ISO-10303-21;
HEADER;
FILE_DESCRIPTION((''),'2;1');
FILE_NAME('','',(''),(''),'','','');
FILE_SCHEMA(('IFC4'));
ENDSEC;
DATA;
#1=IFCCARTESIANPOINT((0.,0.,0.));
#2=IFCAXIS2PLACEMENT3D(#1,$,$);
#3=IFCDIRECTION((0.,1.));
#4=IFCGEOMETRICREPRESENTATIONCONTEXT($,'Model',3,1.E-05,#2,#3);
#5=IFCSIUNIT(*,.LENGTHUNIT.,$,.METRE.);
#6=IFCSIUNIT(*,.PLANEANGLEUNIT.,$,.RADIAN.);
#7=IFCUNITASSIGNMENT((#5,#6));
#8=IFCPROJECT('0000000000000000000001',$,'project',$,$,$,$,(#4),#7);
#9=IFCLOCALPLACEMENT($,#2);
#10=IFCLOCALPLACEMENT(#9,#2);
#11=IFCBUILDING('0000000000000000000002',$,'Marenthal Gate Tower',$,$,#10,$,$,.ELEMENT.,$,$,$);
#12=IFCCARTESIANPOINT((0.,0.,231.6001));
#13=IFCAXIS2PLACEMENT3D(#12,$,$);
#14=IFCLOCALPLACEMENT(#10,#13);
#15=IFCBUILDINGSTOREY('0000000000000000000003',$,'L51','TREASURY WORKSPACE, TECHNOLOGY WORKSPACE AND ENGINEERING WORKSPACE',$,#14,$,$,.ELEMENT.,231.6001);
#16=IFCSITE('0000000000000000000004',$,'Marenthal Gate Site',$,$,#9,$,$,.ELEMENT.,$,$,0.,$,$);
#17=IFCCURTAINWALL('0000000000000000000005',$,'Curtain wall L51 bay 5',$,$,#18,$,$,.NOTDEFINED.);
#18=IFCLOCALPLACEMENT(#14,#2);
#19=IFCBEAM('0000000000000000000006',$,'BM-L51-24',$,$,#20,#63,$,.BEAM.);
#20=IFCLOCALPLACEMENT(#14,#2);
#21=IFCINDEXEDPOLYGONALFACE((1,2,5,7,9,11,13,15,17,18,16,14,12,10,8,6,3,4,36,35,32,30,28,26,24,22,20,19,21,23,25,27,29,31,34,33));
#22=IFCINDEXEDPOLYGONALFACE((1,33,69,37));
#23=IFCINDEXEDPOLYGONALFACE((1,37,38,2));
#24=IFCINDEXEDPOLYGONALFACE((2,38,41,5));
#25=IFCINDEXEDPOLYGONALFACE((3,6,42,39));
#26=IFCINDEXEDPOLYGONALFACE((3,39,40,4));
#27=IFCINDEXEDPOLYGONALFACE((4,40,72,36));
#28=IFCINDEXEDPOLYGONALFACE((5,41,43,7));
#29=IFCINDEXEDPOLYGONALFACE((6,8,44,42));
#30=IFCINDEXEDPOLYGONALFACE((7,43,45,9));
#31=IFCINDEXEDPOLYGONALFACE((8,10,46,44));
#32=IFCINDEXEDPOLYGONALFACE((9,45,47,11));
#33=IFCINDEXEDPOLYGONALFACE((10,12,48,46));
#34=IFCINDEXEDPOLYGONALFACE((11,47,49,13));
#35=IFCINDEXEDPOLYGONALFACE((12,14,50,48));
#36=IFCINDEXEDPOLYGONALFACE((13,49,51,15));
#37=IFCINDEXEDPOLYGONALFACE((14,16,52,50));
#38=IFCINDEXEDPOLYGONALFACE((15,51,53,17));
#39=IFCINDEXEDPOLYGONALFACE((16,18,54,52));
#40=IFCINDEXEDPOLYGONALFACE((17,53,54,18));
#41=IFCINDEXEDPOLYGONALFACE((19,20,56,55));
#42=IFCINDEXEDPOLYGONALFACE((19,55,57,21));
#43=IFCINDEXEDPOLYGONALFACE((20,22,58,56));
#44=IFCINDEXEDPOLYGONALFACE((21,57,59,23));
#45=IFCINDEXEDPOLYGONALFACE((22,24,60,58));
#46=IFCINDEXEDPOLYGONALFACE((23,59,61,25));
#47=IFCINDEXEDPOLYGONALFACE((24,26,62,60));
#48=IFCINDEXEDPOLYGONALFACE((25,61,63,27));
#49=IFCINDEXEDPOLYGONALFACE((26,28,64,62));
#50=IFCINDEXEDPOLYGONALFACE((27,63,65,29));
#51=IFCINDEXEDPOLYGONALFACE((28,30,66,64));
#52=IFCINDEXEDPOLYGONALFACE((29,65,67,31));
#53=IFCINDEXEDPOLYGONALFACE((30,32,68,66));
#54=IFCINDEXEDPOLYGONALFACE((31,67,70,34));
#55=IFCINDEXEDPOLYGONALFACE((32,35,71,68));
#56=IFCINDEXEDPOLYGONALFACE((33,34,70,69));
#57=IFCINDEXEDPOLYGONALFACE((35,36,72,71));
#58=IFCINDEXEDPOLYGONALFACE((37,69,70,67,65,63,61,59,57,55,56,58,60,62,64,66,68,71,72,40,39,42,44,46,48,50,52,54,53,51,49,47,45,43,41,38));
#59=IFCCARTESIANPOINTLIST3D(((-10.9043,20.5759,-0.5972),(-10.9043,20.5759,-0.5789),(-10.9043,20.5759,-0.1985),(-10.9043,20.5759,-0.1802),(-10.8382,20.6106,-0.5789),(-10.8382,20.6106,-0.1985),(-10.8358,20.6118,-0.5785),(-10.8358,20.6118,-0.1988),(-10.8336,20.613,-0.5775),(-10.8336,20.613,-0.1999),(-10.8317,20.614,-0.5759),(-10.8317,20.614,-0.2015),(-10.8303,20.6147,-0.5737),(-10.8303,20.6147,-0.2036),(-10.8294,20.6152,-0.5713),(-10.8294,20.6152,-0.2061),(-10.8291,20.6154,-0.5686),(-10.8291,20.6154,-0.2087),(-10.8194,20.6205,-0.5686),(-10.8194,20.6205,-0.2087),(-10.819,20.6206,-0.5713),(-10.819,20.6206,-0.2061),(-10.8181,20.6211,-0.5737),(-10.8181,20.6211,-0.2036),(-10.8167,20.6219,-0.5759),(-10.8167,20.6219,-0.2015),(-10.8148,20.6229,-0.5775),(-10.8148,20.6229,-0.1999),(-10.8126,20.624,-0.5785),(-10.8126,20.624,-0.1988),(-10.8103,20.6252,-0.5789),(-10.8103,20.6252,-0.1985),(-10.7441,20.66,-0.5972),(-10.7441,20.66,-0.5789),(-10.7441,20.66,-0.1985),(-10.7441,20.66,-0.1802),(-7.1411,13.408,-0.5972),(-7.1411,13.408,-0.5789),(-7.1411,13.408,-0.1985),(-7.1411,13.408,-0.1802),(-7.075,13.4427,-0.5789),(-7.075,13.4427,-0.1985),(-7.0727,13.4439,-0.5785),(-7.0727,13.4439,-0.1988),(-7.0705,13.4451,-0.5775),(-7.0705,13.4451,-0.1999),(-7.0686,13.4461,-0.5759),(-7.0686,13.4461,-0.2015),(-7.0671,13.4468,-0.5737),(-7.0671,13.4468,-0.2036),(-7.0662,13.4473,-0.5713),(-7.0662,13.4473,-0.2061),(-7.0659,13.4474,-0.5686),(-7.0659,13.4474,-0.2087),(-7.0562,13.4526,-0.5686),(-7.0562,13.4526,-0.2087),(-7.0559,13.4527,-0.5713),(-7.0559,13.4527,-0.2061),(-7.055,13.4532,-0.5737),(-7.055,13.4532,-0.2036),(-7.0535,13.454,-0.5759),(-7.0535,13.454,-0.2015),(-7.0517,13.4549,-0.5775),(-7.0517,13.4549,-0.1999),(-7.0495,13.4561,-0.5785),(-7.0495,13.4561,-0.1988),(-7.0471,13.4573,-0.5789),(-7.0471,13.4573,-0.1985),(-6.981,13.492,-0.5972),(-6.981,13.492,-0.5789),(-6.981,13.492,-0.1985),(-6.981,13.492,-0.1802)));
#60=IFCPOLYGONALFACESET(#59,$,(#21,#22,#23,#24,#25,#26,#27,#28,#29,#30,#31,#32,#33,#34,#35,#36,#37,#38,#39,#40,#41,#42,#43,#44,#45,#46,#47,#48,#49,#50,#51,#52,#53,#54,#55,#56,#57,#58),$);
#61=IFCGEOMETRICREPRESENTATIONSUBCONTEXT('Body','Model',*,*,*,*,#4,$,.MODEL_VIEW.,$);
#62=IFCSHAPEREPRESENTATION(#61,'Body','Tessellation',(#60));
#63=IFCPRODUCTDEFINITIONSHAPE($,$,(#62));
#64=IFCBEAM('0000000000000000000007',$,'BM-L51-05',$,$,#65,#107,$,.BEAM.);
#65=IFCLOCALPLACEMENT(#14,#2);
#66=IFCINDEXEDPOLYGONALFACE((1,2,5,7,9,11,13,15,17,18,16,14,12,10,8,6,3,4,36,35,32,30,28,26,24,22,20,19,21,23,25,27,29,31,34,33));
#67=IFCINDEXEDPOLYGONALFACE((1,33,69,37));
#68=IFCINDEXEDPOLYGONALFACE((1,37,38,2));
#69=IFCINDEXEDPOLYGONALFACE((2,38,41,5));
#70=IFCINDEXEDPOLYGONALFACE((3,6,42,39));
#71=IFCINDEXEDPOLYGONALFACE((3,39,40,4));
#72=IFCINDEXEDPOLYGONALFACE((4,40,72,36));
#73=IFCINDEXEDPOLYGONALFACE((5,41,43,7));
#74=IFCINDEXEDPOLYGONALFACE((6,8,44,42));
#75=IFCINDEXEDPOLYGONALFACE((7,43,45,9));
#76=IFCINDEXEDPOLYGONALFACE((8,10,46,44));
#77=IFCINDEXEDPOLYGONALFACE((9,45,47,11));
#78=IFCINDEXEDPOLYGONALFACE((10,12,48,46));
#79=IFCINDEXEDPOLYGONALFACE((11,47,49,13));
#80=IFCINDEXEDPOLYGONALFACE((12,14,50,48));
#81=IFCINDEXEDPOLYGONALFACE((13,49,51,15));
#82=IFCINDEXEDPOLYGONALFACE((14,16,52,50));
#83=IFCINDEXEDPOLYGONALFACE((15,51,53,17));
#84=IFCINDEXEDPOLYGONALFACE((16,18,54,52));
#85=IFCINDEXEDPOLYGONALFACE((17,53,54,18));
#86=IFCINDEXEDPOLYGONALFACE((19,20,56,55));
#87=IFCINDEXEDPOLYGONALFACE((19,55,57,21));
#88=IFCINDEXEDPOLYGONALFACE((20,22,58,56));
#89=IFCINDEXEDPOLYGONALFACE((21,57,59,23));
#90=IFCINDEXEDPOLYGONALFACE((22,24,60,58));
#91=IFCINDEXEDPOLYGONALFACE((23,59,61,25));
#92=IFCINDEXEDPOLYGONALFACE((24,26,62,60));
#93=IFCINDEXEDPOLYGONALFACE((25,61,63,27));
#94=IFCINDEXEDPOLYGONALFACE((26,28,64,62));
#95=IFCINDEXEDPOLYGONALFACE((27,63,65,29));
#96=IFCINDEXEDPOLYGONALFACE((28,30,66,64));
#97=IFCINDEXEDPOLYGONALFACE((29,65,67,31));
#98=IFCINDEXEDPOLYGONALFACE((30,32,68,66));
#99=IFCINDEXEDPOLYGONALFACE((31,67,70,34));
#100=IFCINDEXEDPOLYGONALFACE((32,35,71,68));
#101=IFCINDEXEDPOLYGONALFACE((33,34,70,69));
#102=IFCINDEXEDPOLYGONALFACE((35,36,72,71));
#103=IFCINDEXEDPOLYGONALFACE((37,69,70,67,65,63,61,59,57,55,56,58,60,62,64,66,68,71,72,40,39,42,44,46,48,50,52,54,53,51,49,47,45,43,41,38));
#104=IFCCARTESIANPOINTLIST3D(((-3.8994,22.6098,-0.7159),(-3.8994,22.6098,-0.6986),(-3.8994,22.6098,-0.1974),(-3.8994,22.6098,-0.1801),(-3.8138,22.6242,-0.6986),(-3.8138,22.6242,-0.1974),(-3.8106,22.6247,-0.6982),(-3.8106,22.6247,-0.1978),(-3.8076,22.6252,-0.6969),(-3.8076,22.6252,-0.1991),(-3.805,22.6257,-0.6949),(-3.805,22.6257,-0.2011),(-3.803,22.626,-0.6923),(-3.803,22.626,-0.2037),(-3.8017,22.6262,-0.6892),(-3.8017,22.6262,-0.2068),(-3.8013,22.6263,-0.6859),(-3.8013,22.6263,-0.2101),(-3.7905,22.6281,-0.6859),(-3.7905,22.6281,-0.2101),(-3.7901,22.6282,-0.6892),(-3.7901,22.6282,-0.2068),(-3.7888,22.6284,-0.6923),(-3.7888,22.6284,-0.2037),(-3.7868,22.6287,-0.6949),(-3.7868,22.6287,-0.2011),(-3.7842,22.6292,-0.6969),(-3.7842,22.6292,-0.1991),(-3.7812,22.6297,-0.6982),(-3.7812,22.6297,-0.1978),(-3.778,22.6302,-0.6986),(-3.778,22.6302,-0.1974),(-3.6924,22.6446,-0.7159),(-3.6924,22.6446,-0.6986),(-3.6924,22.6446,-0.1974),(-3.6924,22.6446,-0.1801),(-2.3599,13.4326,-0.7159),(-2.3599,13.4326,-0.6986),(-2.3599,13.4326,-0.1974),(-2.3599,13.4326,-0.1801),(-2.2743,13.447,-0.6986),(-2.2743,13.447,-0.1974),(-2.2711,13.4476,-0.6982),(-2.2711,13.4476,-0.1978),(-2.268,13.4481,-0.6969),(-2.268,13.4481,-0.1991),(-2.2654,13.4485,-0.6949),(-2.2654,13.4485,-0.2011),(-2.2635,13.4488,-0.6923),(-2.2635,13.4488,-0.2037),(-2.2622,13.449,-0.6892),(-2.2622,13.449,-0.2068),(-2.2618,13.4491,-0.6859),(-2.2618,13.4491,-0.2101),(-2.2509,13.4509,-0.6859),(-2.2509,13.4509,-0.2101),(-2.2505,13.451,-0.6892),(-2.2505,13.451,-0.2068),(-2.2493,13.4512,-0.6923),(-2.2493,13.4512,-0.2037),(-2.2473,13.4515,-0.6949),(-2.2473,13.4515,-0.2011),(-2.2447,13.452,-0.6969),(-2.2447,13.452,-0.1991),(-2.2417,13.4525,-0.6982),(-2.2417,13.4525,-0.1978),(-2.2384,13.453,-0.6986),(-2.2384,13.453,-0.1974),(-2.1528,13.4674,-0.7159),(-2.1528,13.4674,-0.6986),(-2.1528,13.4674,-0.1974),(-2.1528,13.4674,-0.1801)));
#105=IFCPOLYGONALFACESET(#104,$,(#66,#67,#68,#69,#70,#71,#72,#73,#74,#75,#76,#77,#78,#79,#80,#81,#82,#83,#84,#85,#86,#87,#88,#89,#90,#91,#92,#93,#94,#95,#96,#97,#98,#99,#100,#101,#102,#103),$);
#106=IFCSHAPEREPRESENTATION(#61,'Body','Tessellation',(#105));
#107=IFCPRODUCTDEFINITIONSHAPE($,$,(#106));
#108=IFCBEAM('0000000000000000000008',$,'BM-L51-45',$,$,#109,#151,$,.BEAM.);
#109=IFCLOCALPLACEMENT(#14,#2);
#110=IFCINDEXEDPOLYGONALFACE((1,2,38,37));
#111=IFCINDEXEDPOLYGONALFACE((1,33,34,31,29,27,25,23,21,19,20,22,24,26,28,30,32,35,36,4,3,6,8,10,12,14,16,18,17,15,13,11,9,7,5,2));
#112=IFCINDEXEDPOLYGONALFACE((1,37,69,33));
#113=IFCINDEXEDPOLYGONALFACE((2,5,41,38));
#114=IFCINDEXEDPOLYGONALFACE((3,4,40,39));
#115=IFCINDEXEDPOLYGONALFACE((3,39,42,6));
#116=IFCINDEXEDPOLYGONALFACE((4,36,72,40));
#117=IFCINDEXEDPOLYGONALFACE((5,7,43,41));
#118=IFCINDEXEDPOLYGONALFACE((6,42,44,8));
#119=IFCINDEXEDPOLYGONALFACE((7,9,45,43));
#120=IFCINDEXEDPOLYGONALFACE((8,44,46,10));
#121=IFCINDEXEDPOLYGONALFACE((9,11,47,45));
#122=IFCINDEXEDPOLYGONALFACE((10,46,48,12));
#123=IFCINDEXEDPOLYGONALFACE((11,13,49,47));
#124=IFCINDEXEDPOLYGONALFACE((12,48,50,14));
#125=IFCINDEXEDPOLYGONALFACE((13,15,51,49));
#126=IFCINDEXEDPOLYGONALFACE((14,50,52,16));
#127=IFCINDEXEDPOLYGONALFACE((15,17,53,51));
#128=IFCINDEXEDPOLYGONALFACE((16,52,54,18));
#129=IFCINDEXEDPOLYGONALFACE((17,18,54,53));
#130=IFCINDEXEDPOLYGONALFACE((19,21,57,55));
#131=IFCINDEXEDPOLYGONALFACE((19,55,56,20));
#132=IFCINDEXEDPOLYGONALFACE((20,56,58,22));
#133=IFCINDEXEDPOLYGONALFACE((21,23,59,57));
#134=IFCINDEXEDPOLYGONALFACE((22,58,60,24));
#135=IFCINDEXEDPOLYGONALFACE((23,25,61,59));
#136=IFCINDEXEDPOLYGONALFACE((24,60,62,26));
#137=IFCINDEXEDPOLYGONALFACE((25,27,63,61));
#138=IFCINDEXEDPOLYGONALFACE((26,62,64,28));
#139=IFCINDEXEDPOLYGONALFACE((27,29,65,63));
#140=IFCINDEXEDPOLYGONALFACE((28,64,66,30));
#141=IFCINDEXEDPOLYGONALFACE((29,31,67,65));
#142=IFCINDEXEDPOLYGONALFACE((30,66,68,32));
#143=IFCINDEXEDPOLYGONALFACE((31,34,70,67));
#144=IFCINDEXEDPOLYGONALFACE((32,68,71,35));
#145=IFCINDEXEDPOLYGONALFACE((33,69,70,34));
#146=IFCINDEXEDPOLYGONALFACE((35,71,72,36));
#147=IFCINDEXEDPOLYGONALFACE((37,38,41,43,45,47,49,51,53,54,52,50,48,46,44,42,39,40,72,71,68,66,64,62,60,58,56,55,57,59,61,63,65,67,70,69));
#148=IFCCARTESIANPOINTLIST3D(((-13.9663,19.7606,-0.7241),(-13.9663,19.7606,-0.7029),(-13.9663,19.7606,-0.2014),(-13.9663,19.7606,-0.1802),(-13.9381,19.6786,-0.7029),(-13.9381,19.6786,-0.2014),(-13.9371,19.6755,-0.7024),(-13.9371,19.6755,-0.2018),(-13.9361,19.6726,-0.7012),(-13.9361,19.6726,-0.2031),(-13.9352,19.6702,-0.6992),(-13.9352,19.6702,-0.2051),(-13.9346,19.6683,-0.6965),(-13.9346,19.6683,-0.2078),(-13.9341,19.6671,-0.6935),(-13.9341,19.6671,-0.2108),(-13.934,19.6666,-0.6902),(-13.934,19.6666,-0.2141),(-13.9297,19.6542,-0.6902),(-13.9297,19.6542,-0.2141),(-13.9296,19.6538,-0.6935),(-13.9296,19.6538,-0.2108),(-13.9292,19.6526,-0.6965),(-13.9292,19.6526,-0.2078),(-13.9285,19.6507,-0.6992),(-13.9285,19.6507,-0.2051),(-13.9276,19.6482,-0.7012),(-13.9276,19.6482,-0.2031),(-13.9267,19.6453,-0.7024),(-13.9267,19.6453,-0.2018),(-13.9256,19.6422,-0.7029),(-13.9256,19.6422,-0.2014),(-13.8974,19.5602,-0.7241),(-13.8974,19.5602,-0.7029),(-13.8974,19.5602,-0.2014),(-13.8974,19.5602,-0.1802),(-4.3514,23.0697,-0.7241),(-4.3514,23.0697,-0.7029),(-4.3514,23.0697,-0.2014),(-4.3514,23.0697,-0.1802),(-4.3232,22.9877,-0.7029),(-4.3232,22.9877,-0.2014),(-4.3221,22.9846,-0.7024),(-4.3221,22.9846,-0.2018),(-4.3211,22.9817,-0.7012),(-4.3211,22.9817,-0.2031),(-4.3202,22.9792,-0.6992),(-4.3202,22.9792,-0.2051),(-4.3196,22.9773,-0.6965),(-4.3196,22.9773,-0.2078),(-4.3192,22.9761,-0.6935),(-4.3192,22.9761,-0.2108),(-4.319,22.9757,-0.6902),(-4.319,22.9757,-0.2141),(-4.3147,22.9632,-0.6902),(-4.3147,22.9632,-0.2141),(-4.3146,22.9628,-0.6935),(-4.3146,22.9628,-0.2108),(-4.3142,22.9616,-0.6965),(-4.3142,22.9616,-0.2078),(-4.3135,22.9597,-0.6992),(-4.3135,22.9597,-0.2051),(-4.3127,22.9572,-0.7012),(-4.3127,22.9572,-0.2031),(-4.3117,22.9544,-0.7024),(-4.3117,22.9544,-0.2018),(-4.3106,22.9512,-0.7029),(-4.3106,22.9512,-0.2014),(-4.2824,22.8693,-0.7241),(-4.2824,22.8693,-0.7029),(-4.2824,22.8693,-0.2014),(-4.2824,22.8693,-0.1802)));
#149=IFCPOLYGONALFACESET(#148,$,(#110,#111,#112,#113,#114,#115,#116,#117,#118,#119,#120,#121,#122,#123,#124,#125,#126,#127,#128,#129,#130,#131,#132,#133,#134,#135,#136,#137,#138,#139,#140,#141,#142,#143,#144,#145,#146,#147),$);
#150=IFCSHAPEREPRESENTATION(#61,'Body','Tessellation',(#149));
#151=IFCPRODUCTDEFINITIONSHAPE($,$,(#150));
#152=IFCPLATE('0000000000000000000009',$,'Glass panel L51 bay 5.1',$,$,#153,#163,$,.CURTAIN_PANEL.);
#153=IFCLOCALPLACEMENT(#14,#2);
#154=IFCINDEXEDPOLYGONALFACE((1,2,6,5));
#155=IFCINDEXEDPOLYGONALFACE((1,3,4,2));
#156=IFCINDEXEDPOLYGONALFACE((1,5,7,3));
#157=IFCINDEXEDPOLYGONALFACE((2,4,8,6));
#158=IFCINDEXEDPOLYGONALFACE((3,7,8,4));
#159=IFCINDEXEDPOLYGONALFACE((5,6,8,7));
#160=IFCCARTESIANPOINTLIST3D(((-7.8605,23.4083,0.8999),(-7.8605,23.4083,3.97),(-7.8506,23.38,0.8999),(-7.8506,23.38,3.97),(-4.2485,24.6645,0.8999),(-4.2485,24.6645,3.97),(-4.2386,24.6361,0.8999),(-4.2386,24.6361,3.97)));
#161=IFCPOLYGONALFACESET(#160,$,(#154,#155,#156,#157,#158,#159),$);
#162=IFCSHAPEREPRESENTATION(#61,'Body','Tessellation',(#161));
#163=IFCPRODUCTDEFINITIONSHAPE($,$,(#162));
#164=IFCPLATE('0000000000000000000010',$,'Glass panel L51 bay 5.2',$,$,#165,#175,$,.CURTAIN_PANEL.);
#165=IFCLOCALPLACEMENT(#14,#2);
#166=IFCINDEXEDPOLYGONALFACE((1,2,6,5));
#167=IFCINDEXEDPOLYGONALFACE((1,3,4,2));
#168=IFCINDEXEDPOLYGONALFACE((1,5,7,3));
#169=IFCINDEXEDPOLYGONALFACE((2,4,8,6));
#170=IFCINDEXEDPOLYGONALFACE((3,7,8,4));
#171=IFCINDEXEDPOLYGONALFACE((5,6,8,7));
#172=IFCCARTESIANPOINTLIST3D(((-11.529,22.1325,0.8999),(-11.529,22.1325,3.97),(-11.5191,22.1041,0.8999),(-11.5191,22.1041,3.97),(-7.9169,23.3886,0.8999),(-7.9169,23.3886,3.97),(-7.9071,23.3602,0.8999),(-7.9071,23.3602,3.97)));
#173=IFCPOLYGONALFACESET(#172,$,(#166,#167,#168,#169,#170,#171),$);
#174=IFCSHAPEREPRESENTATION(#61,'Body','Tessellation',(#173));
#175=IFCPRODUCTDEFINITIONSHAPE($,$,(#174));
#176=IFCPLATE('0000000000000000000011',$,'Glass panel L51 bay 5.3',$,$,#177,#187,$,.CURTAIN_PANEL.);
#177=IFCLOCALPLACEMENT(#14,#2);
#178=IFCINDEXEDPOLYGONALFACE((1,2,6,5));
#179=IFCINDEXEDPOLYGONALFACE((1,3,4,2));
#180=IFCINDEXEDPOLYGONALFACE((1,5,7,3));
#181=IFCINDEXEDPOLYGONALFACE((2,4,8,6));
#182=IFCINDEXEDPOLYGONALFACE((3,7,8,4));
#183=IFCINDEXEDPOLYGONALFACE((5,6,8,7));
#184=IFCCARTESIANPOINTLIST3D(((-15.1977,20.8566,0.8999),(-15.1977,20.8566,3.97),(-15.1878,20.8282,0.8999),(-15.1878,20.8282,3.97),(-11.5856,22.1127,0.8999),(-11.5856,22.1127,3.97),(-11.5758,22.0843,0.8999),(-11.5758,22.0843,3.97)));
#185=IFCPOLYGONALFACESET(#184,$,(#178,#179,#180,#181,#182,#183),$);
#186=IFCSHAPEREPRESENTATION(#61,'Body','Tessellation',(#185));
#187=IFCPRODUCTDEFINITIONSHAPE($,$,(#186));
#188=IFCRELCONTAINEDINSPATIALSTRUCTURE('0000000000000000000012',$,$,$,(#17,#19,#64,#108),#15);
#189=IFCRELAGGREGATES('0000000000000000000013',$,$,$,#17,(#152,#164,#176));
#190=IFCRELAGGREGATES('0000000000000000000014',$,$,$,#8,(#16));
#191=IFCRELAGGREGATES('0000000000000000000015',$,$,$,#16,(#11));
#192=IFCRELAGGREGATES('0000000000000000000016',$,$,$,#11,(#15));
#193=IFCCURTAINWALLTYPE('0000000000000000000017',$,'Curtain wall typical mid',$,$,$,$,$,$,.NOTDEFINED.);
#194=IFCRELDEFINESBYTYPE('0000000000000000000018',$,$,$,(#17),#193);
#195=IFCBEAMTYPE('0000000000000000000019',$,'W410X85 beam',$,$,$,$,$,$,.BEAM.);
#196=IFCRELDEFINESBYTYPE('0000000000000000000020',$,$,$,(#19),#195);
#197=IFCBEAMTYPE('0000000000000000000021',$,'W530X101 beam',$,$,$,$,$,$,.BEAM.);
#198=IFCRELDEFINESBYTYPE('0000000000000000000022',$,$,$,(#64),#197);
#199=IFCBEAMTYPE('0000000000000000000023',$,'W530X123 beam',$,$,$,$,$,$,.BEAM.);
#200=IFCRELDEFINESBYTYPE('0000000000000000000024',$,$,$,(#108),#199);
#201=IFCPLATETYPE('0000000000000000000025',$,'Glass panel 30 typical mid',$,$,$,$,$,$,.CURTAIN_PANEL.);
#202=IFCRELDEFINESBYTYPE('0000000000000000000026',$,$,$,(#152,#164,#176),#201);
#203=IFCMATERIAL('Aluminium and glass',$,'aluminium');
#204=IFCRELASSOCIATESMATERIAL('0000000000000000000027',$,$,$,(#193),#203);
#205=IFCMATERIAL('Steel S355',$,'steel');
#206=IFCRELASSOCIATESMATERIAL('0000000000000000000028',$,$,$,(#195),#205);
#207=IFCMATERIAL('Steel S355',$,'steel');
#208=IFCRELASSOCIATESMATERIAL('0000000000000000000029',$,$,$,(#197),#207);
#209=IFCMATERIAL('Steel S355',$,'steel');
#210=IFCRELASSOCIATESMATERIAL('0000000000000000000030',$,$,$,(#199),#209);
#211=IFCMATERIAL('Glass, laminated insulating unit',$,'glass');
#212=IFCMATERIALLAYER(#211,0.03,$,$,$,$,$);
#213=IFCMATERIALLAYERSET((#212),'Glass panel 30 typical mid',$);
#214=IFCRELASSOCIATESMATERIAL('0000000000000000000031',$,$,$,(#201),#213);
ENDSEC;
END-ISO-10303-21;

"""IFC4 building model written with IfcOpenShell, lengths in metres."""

from ifc_helpers import new_model, si_unit, direction, frame, origin, origin_2d, place, context, subcontext, project, spatial, rectangle, i_section, extrude, material, layer, layer_set, material_profile, profile_set, type_object, element, aggregate, save


model = new_model("IFC4")

# Units and contexts
model_context = context("Model", 3, precision=1e-05, world=origin(), true_north=direction((0.0, 1.0)))
body_context = subcontext(model_context, "Body", "Model", "MODEL_VIEW")
ifc_project = project(units=[si_unit("LENGTHUNIT", "METRE"), si_unit("PLANEANGLEUNIT", "RADIAN")], contexts=[model_context])

# Site, building, storey
site_placement = place(None, origin())
site = spatial("IfcSite", under=ifc_project, at=site_placement, Name="Marenthal Gate Site", CompositionType="ELEMENT", RefElevation=0.0)
building_placement = place(site_placement, origin())
building = spatial("IfcBuilding", under=site, at=building_placement, Name="Marenthal Gate Tower", CompositionType="ELEMENT")
storey_placement = place(building_placement, frame((0.0, 0.0, 231.6001)))
storey = spatial("IfcBuildingStorey", under=building, at=storey_placement, Name="L51", Description="TREASURY WORKSPACE, TECHNOLOGY WORKSPACE AND ENGINEERING WORKSPACE", CompositionType="ELEMENT", Elevation=231.6001)

# Curtain wall
ifc_material_1 = material(Name="Aluminium and glass", Category="aluminium")
curtain_wall_type = type_object("IfcCurtainWallType", Name="Curtain wall typical mid", PredefinedType="NOTDEFINED", material=ifc_material_1)
curtain_wall_placement = place(storey_placement, origin())
curtain_wall = element("IfcCurtainWall", 1, at=curtain_wall_placement, inside=storey, type_object=curtain_wall_type, Name="Curtain wall L51 bay 5", PredefinedType="NOTDEFINED")

# Beams
ifc_material_2 = material(Name="Steel S355", Category="steel")
ifc_material_profile_1 = material_profile(ifc_material_2, i_section(OverallWidth=0.1809, OverallDepth=0.417, WebThickness=0.011, FlangeThickness=0.0183, FilletRadius=0.0103, at=origin_2d()), Name="W410X85")
ifc_profile_set_1 = profile_set([ifc_material_profile_1], Name="Steel S355")
beam_type_1 = type_object("IfcBeamType", Name="W410X85 beam", PredefinedType="BEAM", material=ifc_profile_set_1)
beam_1_placement = place(storey_placement, frame((-10.8242, 20.6179, -0.3887), z_axis=(0.464834, -0.885398, 0.0), x_axis=(0.885398, 0.464834, 0.0)))
element("IfcBeam", 2, at=beam_1_placement, inside=storey, type_object=beam_type_1, Name="BM-L51-24", PredefinedType="BEAM", context=body_context, shape_type="SweptSolid", body=[
    extrude(i_section(OverallWidth=0.1809, OverallDepth=0.417, WebThickness=0.011, FlangeThickness=0.0183, FilletRadius=0.0103, at=origin_2d()), origin(), (0.0, 0.0, 1.0), 8.0957),
])
ifc_material_3 = material(Name="Steel S355", Category="steel")
ifc_material_profile_2 = material_profile(ifc_material_3, i_section(OverallWidth=0.21, OverallDepth=0.5359, WebThickness=0.011, FlangeThickness=0.0173, FilletRadius=0.0127, at=origin_2d()), Name="W530X101")
ifc_profile_set_2 = profile_set([ifc_material_profile_2], Name="Steel S355")
beam_type_2 = type_object("IfcBeamType", Name="W530X101 beam", PredefinedType="BEAM", material=ifc_profile_set_2)
beam_2_placement = place(storey_placement, frame((-3.7959, 22.6272, -0.448), z_axis=(0.165446, -0.986219, 0.0), x_axis=(0.986219, 0.165446, 0.0)))
element("IfcBeam", 3, at=beam_2_placement, inside=storey, type_object=beam_type_2, Name="BM-L51-05", PredefinedType="BEAM", context=body_context, shape_type="SweptSolid", body=[
    extrude(i_section(OverallWidth=0.21, OverallDepth=0.5359, WebThickness=0.011, FlangeThickness=0.0173, FilletRadius=0.0127, at=origin_2d()), origin(), (0.0, 0.0, 1.0), 9.3054),
])
ifc_material_4 = material(Name="Steel S355", Category="steel")
ifc_material_profile_3 = material_profile(ifc_material_4, i_section(OverallWidth=0.2119, OverallDepth=0.5439, WebThickness=0.0132, FlangeThickness=0.0212, FilletRadius=0.0127, at=origin_2d()), Name="W530X123")
ifc_profile_set_3 = profile_set([ifc_material_profile_3], Name="Steel S355")
beam_type_3 = type_object("IfcBeamType", Name="W530X123 beam", PredefinedType="BEAM", material=ifc_profile_set_3)
beam_3_placement = place(storey_placement, frame((-4.3169, 22.9695, -0.4521), z_axis=(-0.945568, -0.325425, 0.0), x_axis=(0.325425, -0.945568, 0.0)))
element("IfcBeam", 4, at=beam_3_placement, inside=storey, type_object=beam_type_3, Name="BM-L51-45", PredefinedType="BEAM", context=body_context, shape_type="SweptSolid", body=[
    extrude(i_section(OverallWidth=0.2119, OverallDepth=0.5439, WebThickness=0.0132, FlangeThickness=0.0212, FilletRadius=0.0127, at=origin_2d()), origin(), (0.0, 0.0, 1.0), 10.1685),
])

# Plates
ifc_material_5 = material(Name="Glass, laminated insulating unit", Category="glass")
ifc_layer_1 = layer(ifc_material_5, 0.03)
ifc_layer_set_1 = layer_set([ifc_layer_1], Name="Glass panel 30 typical mid")
plate_type = type_object("IfcPlateType", Name="Glass panel 30 typical mid", PredefinedType="CURTAIN_PANEL", material=ifc_layer_set_1)
plate_1_placement = place(storey_placement, frame((-6.0496, 24.0222, 0.8999), z_axis=(0.0, 0.0, 1.0), x_axis=(-0.944515, -0.328468, 0.0)))
plate_1 = element("IfcPlate", 5, at=plate_1_placement, type_object=plate_type, Name="Glass panel L51 bay 5.1", PredefinedType="CURTAIN_PANEL", context=body_context, shape_type="SweptSolid", body=[
    extrude(rectangle(XDim=3.8242, YDim=0.03, at=origin_2d()), origin(), (0.0, 0.0, 1.0), 3.0701),
])
plate_2_placement = place(storey_placement, frame((-9.718, 22.7463, 0.8999), z_axis=(0.0, 0.0, 1.0), x_axis=(-0.944515, -0.328468, 0.0)))
plate_2 = element("IfcPlate", 6, at=plate_2_placement, type_object=plate_type, Name="Glass panel L51 bay 5.2", PredefinedType="CURTAIN_PANEL", context=body_context, shape_type="SweptSolid", body=[
    extrude(rectangle(XDim=3.8242, YDim=0.03, at=origin_2d()), origin(), (0.0, 0.0, 1.0), 3.0701),
])
plate_3_placement = place(storey_placement, frame((-13.3867, 21.4705, 0.8999), z_axis=(0.0, 0.0, 1.0), x_axis=(-0.944515, -0.328468, 0.0)))
plate_3 = element("IfcPlate", 7, at=plate_3_placement, type_object=plate_type, Name="Glass panel L51 bay 5.3", PredefinedType="CURTAIN_PANEL", context=body_context, shape_type="SweptSolid", body=[
    extrude(rectangle(XDim=3.8242, YDim=0.03, at=origin_2d()), origin(), (0.0, 0.0, 1.0), 3.0701),
])
aggregate(curtain_wall, [plate_1, plate_2, plate_3])

save(model, "model.ifc")
